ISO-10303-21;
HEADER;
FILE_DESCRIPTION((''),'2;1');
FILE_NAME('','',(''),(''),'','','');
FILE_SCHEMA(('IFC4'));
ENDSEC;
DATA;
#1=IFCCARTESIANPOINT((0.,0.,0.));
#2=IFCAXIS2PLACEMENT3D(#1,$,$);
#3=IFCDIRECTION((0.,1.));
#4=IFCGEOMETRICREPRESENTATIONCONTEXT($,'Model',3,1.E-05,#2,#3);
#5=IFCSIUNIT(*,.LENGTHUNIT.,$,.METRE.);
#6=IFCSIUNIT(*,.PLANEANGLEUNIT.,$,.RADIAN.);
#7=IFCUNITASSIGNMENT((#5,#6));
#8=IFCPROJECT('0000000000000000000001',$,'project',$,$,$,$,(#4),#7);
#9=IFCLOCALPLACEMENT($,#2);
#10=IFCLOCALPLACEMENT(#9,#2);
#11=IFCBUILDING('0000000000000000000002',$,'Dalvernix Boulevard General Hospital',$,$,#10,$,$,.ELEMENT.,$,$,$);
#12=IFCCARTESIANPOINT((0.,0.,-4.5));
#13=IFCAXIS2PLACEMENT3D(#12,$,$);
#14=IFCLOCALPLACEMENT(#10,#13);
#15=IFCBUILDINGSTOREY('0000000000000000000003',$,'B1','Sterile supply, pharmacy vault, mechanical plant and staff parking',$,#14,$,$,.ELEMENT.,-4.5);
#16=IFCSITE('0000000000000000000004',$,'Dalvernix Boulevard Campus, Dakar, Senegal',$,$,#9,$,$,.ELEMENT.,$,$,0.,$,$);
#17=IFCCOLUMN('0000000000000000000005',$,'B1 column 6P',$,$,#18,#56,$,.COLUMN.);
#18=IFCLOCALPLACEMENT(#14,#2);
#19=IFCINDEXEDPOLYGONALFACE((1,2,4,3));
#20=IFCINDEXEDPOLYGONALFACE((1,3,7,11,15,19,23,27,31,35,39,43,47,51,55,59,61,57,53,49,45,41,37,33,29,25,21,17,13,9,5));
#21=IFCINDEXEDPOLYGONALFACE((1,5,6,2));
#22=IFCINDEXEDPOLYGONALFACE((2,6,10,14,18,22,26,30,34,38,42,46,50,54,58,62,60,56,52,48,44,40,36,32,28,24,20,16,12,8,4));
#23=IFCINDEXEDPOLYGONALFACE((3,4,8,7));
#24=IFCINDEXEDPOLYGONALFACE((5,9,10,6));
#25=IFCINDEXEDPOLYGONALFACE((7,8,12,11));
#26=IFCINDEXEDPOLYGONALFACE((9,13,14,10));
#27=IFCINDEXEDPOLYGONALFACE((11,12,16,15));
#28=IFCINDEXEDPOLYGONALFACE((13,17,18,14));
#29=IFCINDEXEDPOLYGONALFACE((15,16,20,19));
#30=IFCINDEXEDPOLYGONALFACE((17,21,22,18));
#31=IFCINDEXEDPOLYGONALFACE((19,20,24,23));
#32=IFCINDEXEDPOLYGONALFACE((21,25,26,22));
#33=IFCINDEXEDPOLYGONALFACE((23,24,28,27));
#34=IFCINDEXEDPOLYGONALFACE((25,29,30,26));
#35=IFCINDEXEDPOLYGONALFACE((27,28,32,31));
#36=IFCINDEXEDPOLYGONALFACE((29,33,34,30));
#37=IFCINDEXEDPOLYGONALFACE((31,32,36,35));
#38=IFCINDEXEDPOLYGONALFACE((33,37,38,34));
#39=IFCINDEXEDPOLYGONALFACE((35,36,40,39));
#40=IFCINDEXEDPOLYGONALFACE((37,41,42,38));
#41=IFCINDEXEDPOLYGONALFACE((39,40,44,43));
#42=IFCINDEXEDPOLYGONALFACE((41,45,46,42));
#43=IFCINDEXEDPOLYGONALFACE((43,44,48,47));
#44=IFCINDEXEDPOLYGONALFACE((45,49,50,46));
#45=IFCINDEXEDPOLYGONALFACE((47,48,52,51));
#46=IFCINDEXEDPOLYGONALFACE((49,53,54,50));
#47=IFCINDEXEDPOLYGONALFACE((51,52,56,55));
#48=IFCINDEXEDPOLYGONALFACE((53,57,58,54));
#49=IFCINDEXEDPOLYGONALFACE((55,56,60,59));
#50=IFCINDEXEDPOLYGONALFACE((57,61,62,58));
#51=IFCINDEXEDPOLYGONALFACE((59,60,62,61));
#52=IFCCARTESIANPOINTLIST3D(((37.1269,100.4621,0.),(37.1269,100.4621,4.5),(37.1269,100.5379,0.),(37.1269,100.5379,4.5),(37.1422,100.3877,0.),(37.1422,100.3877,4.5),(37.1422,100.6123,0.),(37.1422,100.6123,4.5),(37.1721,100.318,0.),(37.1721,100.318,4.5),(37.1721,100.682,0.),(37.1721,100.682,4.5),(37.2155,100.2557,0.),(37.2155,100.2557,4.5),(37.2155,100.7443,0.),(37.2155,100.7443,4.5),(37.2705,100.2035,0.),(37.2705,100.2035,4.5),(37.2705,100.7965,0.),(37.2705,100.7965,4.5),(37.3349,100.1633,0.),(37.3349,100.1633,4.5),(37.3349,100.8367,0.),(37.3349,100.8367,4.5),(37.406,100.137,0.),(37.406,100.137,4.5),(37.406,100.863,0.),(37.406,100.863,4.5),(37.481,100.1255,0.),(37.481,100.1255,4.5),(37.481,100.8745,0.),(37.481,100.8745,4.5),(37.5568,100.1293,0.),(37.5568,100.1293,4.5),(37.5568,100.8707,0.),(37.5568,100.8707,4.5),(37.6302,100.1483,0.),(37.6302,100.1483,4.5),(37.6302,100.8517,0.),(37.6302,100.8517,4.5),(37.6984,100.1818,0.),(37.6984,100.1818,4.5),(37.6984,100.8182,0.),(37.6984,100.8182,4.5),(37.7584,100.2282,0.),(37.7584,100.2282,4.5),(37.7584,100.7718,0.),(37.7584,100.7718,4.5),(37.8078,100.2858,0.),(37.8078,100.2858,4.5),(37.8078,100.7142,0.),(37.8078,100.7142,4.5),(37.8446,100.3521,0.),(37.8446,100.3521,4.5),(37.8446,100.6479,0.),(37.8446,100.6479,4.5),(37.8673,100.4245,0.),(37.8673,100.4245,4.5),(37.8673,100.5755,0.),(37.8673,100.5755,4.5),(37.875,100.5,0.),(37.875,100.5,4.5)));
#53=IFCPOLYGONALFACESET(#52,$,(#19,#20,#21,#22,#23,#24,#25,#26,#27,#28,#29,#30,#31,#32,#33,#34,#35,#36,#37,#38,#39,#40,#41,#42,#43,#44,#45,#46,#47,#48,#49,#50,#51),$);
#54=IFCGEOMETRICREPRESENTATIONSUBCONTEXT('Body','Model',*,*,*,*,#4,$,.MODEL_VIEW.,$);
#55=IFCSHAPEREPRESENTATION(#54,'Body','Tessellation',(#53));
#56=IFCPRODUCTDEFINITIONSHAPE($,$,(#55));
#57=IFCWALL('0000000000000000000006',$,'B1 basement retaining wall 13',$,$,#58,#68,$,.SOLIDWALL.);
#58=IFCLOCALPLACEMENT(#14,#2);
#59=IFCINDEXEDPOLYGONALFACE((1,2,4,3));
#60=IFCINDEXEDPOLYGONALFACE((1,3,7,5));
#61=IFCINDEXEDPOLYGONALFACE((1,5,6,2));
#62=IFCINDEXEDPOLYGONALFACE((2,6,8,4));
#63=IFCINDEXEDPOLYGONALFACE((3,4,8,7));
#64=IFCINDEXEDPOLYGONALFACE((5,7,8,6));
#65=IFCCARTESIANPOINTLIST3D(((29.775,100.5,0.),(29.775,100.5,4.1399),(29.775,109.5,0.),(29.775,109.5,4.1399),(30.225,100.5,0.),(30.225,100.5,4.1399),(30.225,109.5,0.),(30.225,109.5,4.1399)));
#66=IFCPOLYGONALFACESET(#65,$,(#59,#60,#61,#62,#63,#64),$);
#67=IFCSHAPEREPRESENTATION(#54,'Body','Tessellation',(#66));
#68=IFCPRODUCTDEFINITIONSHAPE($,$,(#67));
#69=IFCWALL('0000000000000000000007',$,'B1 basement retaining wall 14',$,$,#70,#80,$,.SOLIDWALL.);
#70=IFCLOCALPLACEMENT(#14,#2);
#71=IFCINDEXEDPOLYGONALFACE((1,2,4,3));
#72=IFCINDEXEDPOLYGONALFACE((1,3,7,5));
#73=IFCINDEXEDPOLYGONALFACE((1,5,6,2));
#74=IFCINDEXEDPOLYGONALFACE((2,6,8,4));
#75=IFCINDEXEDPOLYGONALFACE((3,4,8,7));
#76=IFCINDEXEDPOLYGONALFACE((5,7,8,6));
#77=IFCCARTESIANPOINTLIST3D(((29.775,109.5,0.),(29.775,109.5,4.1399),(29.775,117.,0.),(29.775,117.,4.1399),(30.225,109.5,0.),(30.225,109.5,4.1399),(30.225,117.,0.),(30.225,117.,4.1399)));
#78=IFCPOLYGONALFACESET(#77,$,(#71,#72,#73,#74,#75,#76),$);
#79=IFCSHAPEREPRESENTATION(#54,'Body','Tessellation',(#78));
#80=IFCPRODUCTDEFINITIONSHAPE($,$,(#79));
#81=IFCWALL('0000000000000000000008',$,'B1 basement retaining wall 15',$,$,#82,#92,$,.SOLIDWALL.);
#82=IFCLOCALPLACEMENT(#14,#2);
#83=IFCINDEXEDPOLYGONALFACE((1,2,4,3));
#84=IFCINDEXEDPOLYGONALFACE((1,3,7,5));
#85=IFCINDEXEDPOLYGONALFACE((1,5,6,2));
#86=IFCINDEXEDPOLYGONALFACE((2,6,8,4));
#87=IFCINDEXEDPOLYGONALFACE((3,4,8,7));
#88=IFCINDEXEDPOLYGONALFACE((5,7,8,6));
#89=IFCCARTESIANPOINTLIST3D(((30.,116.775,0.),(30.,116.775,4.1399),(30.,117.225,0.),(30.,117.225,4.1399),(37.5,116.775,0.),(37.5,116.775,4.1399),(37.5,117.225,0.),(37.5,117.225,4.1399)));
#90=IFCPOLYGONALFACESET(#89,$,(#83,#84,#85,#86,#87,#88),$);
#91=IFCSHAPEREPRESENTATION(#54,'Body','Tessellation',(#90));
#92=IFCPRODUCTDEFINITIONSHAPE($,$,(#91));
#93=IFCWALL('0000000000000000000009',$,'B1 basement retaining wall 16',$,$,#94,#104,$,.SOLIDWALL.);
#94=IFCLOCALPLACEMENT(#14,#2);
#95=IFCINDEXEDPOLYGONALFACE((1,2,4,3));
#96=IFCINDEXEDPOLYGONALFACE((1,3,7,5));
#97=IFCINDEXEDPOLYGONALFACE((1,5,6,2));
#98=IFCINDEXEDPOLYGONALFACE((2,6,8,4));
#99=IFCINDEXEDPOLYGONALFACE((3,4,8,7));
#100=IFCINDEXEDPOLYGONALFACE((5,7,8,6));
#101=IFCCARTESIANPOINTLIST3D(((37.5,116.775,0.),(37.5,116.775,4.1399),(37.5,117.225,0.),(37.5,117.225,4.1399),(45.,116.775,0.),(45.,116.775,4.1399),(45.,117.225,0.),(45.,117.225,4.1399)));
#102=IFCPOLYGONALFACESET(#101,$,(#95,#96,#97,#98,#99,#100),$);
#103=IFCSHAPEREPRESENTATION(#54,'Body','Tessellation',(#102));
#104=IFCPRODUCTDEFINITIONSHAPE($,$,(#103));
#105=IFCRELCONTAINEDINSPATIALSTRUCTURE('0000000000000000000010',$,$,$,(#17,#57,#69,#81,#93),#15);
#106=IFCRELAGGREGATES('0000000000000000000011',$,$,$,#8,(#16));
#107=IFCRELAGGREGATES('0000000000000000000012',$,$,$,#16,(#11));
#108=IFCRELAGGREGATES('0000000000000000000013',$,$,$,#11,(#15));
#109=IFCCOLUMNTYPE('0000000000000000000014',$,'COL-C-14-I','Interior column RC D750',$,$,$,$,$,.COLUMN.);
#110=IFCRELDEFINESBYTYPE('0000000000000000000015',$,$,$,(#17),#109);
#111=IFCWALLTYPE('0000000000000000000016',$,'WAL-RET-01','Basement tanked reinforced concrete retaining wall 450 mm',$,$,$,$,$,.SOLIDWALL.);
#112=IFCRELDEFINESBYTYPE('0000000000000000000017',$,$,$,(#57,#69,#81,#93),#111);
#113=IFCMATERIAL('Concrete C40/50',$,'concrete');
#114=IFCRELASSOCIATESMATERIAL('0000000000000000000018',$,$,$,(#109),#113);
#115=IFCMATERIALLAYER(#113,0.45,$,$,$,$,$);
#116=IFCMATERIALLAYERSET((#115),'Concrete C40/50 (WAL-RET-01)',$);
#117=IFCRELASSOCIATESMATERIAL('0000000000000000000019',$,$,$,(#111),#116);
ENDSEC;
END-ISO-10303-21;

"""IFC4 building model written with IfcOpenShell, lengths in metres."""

from ifc_helpers import new_model, si_unit, direction, frame, frame_2d, origin, origin_2d, place, context, subcontext, project, spatial, rectangle, circle, extrude, material, layer, layer_set, material_profile, profile_set, type_object, element, save


model = new_model("IFC4")

# Units and contexts
model_context = context("Model", 3, precision=1e-05, world=origin(), true_north=direction((0.0, 1.0)))
body_context = subcontext(model_context, "Body", "Model", "MODEL_VIEW")
ifc_project = project(units=[si_unit("LENGTHUNIT", "METRE"), si_unit("PLANEANGLEUNIT", "RADIAN")], contexts=[model_context])

# Site, building, storey
site_placement = place(None, origin())
site = spatial("IfcSite", under=ifc_project, at=site_placement, Name="Dalvernix Boulevard Campus, Dakar, Senegal", CompositionType="ELEMENT", RefElevation=0.0)
building_placement = place(site_placement, origin())
building = spatial("IfcBuilding", under=site, at=building_placement, Name="Dalvernix Boulevard General Hospital", CompositionType="ELEMENT")
storey_placement = place(building_placement, frame((0.0, 0.0, -4.5)))
storey = spatial("IfcBuildingStorey", under=building, at=storey_placement, Name="B1", Description="Sterile supply, pharmacy vault, mechanical plant and staff parking", CompositionType="ELEMENT", Elevation=-4.5)

# Shared definitions
ifc_material_1 = material(Name="Concrete C40/50", Category="concrete")

# Column
ifc_material_profile_1 = material_profile(ifc_material_1, circle(Radius=0.375, at=origin_2d()), Name="RC D750")
ifc_profile_set_1 = profile_set([ifc_material_profile_1], Name="Concrete C40/50")
column_type_1 = type_object("IfcColumnType", Name="COL-C-14-I", Description="Interior column RC D750", PredefinedType="COLUMN", material=ifc_profile_set_1)
column_1_placement = place(storey_placement, frame((37.5, 100.5, 0.0), z_axis=(0.0, 0.0, 1.0), x_axis=(1.0, 0.0, 0.0)))
element("IfcColumn", 1, at=column_1_placement, inside=storey, type_object=column_type_1, Name="B1 column 6P", PredefinedType="COLUMN", context=body_context, shape_type="SweptSolid", body=[
    extrude(circle(Radius=0.375, at=origin_2d()), origin(), (0.0, 0.0, 1.0), 4.5),
])

# Walls
ifc_layer = layer(ifc_material_1, 0.45)
ifc_layer_set = layer_set([ifc_layer], Name="Concrete C40/50 (WAL-RET-01)")
wall_type = type_object("IfcWallType", Name="WAL-RET-01", Description="Basement tanked reinforced concrete retaining wall 450 mm", PredefinedType="SOLIDWALL", material=ifc_layer_set)
wall_placement = place(storey_placement, frame((30.0, 100.5, 0.0), z_axis=(0.0, 0.0, 1.0), x_axis=(0.0, 1.0, 0.0)))
element("IfcWall", 2, at=wall_placement, inside=storey, type_object=wall_type, Name="B1 basement retaining wall 13", PredefinedType="SOLIDWALL", context=body_context, shape_type="SweptSolid", body=[
    extrude(rectangle(XDim=9.0, YDim=0.45, at=frame_2d((4.5, 0.0))), origin(), (0.0, 0.0, 1.0), 4.1399),
])
for number, where, z_axis, x_axis, name in (
    (3, (30.0, 109.5, 0.0), (0.0, 0.0, 1.0), (0.0, 1.0, 0.0), "B1 basement retaining wall 14"),
    (4, (30.0, 117.0, 0.0), (0.0, 0.0, 1.0), (1.0, 0.0, 0.0), "B1 basement retaining wall 15"),
    (5, (37.5, 117.0, 0.0), (0.0, 0.0, 1.0), (1.0, 0.0, 0.0), "B1 basement retaining wall 16"),
):
    element("IfcWall", number, at=place(storey_placement, frame(where, z_axis=z_axis, x_axis=x_axis)), inside=storey, type_object=wall_type, Name=name, PredefinedType="SOLIDWALL", context=body_context, shape_type="SweptSolid", body=[
        extrude(rectangle(XDim=7.5, YDim=0.45, at=frame_2d((3.75, 0.0))), origin(), (0.0, 0.0, 1.0), 4.1399),
    ])

save(model, "model.ifc")
